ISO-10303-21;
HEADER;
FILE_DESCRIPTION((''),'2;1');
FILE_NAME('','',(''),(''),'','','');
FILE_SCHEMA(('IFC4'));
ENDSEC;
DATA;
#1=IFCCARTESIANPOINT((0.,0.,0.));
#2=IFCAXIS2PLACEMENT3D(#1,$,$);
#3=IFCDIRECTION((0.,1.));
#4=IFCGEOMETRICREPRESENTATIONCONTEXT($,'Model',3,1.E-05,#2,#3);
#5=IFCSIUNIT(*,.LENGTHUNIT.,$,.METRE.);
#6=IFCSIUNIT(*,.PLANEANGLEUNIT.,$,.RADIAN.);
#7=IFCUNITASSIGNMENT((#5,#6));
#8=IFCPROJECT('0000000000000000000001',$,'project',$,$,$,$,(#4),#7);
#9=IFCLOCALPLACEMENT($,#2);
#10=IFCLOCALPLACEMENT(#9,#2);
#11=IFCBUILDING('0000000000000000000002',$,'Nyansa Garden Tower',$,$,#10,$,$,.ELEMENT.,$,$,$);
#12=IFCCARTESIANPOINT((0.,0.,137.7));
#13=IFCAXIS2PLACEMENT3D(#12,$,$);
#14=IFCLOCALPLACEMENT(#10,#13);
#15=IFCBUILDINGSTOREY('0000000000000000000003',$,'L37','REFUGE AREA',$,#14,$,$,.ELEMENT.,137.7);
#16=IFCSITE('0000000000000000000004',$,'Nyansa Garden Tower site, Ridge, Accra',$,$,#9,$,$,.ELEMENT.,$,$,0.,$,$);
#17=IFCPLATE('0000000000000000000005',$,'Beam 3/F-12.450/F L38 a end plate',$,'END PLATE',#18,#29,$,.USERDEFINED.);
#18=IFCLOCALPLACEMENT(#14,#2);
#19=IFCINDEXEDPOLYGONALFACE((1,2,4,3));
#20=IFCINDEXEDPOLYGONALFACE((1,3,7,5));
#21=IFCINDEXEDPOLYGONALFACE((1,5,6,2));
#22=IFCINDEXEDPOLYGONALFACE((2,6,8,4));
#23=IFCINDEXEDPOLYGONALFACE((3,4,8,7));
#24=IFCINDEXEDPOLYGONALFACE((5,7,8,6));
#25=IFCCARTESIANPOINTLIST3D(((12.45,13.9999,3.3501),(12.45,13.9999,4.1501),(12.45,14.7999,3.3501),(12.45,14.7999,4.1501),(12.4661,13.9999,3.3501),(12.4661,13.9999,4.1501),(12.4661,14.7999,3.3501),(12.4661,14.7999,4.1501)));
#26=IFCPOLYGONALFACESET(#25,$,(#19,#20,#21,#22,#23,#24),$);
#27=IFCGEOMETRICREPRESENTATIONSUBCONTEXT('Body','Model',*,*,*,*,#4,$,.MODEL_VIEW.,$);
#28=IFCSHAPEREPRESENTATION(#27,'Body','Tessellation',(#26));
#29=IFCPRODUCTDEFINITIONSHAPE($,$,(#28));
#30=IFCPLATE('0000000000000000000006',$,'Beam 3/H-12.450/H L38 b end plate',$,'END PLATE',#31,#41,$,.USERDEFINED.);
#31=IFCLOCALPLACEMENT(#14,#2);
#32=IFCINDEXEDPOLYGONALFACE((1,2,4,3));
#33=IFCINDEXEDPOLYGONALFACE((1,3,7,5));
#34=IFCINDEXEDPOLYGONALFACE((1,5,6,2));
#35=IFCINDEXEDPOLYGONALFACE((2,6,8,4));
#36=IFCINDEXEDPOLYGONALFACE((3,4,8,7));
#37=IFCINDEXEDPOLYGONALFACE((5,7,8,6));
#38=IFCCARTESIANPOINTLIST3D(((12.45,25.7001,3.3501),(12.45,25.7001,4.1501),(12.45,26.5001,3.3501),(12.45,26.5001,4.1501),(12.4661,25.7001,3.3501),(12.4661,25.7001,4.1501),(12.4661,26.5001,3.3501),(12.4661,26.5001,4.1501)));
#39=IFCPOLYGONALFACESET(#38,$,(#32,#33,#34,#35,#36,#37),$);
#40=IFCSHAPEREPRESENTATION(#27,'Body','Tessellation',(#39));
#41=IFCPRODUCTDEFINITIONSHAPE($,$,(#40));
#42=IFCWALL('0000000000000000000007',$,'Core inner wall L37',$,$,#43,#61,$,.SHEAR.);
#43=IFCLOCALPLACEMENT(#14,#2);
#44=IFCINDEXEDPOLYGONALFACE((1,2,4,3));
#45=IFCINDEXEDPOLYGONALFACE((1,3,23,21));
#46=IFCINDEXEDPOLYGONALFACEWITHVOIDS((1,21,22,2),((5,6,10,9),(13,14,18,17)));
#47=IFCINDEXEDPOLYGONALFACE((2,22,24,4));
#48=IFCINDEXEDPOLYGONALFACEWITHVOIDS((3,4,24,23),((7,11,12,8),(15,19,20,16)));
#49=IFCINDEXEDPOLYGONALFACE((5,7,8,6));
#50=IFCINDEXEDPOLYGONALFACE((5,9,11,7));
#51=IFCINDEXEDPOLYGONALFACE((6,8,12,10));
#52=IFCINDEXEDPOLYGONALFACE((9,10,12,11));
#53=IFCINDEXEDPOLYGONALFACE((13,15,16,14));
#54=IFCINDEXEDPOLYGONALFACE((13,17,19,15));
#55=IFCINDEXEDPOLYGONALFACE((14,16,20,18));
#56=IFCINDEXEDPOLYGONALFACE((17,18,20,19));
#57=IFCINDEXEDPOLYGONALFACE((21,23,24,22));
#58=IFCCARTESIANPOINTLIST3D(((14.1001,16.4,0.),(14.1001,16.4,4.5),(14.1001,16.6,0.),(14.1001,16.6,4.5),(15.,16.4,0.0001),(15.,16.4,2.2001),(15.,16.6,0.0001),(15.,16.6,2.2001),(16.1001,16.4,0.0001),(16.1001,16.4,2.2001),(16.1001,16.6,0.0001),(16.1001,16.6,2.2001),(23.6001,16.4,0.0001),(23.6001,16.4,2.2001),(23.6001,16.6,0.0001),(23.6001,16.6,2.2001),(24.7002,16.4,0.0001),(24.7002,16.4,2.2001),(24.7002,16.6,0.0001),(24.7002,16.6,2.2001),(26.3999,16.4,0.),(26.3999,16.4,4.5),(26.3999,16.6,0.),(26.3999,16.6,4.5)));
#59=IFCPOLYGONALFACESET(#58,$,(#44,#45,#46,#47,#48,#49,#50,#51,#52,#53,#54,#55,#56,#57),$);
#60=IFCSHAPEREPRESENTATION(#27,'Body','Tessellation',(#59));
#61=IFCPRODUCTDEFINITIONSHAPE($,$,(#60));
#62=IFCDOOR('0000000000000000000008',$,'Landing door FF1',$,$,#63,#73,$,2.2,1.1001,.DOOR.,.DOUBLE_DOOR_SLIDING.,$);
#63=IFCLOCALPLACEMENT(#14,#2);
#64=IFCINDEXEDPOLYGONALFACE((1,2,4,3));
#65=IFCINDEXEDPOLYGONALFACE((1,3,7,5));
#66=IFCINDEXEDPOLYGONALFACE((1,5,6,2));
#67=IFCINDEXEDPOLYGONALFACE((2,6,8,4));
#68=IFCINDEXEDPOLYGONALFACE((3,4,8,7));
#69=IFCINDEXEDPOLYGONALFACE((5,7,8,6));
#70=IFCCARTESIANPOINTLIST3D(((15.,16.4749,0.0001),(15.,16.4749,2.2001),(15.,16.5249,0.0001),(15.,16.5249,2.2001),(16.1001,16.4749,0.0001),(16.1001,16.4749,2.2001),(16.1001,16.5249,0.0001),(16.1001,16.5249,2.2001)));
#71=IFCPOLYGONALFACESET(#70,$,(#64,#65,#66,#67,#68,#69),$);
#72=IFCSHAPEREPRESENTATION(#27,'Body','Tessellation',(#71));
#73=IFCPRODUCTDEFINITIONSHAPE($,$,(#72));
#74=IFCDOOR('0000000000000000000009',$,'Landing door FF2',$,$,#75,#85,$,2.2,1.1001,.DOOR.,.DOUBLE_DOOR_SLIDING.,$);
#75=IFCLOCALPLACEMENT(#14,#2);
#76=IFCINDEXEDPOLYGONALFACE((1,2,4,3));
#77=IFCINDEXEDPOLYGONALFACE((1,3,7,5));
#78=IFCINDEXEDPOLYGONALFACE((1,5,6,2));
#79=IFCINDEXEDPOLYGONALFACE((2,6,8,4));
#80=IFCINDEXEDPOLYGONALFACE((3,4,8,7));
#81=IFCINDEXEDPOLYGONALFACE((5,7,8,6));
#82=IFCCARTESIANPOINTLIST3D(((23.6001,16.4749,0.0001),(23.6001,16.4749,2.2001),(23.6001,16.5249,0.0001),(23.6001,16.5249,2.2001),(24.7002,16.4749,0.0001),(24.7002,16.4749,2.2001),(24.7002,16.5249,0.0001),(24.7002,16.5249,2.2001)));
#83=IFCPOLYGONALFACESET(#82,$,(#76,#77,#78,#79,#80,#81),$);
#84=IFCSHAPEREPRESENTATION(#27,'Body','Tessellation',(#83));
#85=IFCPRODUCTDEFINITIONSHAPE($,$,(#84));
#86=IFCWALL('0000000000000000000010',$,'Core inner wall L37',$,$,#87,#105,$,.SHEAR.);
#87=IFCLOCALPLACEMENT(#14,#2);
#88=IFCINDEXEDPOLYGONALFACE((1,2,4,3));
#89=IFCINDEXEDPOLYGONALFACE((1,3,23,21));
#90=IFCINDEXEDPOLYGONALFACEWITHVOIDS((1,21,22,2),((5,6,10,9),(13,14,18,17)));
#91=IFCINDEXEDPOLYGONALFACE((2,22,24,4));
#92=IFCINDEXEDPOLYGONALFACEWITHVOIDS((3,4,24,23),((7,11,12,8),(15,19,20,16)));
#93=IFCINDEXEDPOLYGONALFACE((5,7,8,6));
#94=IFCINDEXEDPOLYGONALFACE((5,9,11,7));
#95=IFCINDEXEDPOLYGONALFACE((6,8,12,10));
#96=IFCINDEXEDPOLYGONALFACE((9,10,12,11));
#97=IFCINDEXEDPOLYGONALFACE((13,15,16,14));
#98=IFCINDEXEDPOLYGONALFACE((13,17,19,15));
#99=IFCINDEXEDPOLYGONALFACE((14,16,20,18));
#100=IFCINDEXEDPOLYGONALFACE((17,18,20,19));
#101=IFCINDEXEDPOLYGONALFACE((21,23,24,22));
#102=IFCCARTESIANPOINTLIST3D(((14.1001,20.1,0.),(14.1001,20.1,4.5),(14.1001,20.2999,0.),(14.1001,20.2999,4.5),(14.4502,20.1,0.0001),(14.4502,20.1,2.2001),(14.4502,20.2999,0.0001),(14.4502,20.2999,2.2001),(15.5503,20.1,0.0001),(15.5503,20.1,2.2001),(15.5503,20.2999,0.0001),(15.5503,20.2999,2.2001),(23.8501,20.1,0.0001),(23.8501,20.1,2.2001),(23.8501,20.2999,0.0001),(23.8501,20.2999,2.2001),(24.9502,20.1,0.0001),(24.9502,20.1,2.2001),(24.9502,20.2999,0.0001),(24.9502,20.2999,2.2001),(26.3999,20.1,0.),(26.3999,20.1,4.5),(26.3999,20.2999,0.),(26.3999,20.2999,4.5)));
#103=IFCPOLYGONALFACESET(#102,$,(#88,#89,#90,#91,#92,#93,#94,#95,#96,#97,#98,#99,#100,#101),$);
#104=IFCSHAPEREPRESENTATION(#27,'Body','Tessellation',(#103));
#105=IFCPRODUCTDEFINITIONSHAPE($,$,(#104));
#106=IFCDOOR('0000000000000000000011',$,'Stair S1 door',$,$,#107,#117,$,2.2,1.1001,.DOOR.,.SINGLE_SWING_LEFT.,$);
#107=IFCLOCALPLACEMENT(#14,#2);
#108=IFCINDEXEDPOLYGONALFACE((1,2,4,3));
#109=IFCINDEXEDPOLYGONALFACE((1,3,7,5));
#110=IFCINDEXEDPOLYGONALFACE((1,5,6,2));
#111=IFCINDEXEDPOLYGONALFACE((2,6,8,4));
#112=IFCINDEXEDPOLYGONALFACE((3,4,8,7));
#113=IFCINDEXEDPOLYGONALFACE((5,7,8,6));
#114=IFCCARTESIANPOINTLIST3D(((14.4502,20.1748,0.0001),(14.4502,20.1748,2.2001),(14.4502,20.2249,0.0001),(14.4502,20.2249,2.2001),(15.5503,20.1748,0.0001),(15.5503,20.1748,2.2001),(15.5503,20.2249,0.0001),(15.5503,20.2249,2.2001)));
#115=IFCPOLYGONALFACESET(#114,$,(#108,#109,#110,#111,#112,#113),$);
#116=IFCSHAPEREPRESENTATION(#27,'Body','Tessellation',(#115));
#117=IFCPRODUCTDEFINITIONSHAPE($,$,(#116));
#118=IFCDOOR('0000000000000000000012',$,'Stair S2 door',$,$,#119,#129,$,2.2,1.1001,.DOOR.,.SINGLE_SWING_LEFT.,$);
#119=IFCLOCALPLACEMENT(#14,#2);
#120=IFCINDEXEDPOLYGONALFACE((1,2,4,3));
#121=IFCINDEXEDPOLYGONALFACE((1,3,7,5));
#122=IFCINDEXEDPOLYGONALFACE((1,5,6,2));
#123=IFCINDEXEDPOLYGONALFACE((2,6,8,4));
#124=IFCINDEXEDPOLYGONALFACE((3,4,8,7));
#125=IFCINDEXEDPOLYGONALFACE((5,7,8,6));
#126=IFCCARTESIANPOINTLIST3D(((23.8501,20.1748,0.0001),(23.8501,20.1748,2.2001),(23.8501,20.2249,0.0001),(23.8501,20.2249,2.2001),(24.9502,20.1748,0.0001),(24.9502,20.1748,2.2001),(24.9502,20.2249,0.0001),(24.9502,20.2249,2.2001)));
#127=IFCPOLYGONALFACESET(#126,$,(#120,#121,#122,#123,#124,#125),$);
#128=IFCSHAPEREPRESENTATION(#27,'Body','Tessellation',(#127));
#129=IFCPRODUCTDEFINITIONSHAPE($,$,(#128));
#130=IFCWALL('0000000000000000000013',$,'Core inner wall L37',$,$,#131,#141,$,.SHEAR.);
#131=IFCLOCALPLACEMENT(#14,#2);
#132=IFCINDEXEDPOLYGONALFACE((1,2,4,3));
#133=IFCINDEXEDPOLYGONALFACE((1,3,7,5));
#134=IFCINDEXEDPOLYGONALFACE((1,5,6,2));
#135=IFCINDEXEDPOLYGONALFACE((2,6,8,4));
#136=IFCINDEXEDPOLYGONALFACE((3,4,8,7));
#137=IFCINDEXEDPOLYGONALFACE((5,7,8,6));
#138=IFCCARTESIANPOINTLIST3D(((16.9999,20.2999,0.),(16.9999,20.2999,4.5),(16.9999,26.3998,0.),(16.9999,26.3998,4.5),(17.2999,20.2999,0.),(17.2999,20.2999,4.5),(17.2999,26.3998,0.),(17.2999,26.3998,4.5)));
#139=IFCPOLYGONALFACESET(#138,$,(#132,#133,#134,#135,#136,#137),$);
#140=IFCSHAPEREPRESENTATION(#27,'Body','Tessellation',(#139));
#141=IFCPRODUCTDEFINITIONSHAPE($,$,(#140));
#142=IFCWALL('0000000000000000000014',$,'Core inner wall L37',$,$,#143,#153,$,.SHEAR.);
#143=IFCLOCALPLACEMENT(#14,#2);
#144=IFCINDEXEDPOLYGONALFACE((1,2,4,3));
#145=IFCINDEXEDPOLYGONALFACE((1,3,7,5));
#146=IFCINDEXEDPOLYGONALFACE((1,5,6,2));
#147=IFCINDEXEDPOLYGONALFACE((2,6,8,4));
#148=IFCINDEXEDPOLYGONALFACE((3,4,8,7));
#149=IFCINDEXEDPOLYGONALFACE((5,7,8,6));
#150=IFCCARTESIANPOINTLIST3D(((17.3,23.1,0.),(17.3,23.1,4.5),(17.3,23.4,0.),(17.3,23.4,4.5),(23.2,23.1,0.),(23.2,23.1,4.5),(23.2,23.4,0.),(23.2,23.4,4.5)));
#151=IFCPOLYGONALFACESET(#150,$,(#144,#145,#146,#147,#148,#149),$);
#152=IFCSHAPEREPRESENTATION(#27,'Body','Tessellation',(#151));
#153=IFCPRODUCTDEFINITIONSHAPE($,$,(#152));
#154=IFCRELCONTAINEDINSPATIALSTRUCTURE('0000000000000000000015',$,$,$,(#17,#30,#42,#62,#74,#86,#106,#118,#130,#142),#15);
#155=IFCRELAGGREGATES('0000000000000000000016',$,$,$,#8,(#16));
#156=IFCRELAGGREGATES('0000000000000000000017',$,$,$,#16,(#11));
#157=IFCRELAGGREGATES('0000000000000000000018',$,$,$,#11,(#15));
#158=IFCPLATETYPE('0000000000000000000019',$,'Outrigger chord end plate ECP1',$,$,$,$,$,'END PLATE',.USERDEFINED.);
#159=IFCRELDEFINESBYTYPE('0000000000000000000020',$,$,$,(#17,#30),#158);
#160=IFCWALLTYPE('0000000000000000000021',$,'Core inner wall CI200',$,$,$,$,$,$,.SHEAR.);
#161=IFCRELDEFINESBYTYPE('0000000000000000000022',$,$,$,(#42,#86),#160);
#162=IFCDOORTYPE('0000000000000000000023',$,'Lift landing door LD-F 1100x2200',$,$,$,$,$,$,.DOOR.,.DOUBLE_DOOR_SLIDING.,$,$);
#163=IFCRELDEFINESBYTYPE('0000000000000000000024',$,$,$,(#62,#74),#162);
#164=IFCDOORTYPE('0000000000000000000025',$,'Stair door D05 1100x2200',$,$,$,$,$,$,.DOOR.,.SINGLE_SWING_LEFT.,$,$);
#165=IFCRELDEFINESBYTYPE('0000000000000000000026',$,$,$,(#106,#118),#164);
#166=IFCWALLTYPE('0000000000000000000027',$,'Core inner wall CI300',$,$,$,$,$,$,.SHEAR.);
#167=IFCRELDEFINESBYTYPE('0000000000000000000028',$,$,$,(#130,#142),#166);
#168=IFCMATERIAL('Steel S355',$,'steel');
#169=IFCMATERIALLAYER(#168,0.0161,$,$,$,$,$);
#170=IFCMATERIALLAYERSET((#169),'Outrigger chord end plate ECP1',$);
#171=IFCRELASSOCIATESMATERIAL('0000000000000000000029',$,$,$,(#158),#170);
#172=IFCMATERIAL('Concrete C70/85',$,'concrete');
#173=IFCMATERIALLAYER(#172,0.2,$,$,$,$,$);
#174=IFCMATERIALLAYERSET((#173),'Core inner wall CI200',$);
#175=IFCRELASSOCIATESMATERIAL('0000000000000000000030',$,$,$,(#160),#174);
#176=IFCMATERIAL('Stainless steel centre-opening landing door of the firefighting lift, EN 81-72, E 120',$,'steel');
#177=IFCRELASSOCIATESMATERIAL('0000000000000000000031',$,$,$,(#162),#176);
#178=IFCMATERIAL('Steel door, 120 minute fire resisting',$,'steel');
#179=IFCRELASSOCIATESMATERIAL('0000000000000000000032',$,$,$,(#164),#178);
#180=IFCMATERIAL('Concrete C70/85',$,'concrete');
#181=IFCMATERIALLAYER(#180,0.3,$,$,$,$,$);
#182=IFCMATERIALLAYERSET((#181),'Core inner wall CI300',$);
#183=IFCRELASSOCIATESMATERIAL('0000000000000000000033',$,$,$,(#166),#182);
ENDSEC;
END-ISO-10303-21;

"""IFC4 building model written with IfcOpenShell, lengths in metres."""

from ifc_helpers import new_model, si_unit, direction, frame, frame_2d, origin, origin_2d, place, context, subcontext, project, spatial, rectangle, extrude, material, layer, layer_set, type_object, element, fill, save


model = new_model("IFC4")

# Units and contexts
model_context = context("Model", 3, precision=1e-05, world=origin(), true_north=direction((0.0, 1.0)))
body_context = subcontext(model_context, "Body", "Model", "MODEL_VIEW")
ifc_project = project(units=[si_unit("LENGTHUNIT", "METRE"), si_unit("PLANEANGLEUNIT", "RADIAN")], contexts=[model_context])

# Site, building, storey
site_placement = place(None, origin())
site = spatial("IfcSite", under=ifc_project, at=site_placement, Name="Nyansa Garden Tower site, Ridge, Accra", CompositionType="ELEMENT", RefElevation=0.0)
building_placement = place(site_placement, origin())
building = spatial("IfcBuilding", under=site, at=building_placement, Name="Nyansa Garden Tower", CompositionType="ELEMENT")
storey_placement = place(building_placement, frame((0.0, 0.0, 137.7)))
storey = spatial("IfcBuildingStorey", under=building, at=storey_placement, Name="L37", Description="REFUGE AREA", CompositionType="ELEMENT", Elevation=137.7)

# Plates
ifc_material_1 = material(Name="Steel S355", Category="steel")
ifc_layer_1 = layer(ifc_material_1, 0.0161)
ifc_layer_set_1 = layer_set([ifc_layer_1], Name="Outrigger chord end plate ECP1")
plate_type = type_object("IfcPlateType", Name="Outrigger chord end plate ECP1", ElementType="END PLATE", PredefinedType="USERDEFINED", material=ifc_layer_set_1)
for number, where, z_axis, x_axis, name in (
    (1, (12.458, 14.3999, 3.3501), (0.0, 0.0, 1.0), (1.0, 0.0, 0.0), "Beam 3/F-12.450/F L38 a end plate"),
    (2, (12.458, 26.1001, 3.3501), (0.0, 0.0, 1.0), (1.0, 0.0, 0.0), "Beam 3/H-12.450/H L38 b end plate"),
):
    element("IfcPlate", number, at=place(storey_placement, frame(where, z_axis=z_axis, x_axis=x_axis)), inside=storey, type_object=plate_type, Name=name, ObjectType="END PLATE", PredefinedType="USERDEFINED", context=body_context, shape_type="SweptSolid", body=[
        extrude(rectangle(XDim=0.0161, YDim=0.8, at=origin_2d()), origin(), (0.0, 0.0, 1.0), 0.8),
    ])

# Walls, openings, doors
ifc_material_2 = material(Name="Concrete C70/85", Category="concrete")
ifc_layer_2 = layer(ifc_material_2, 0.2)
ifc_layer_set_2 = layer_set([ifc_layer_2], Name="Core inner wall CI200")
wall_type_1 = type_object("IfcWallType", Name="Core inner wall CI200", PredefinedType="SHEAR", material=ifc_layer_set_2)
wall_1_placement = place(storey_placement, frame((14.1001, 16.5, 0.0), z_axis=(0.0, 0.0, 1.0), x_axis=(1.0, 0.0, 0.0)))
wall_1 = element("IfcWall", 3, at=wall_1_placement, inside=storey, type_object=wall_type_1, Name="Core inner wall L37", PredefinedType="SHEAR", context=body_context, shape_type="SweptSolid", body=[
    extrude(rectangle(XDim=12.2998, YDim=0.2, at=frame_2d((6.1499, 0.0))), origin(), (0.0, 0.0, 1.0), 4.5),
])
opening_1_placement = place(wall_1_placement, frame((0.8999, 0.0, 0.0)))
opening_1 = element("IfcOpeningElement", 4, at=opening_1_placement, cuts=wall_1, PredefinedType="OPENING", context=body_context, shape_type="SweptSolid", body=[
    extrude(rectangle(XDim=1.1001, YDim=2.2, at=frame_2d((0.55, 1.1001))), frame((0.0, 0.1099, 0.0), z_axis=(0.0, -1.0, 0.0), x_axis=(1.0, 0.0, 0.0)), (0.0, 0.0, 1.0), 0.22),
])
opening_2_placement = place(wall_1_placement, frame((9.5, 0.0, 0.0)))
opening_2 = element("IfcOpeningElement", 5, at=opening_2_placement, cuts=wall_1, PredefinedType="OPENING", context=body_context, shape_type="SweptSolid", body=[
    extrude(rectangle(XDim=1.1001, YDim=2.2, at=frame_2d((0.55, 1.1001))), frame((0.0, 0.1099, 0.0), z_axis=(0.0, -1.0, 0.0), x_axis=(1.0, 0.0, 0.0)), (0.0, 0.0, 1.0), 0.22),
])
ifc_material_3 = material(Name="Stainless steel centre-opening landing door of the firefighting lift, EN 81-72, E 120", Category="steel")
door_type_1 = type_object("IfcDoorType", Name="Lift landing door LD-F 1100x2200", OperationType="DOUBLE_DOOR_SLIDING", PredefinedType="DOOR", material=ifc_material_3)
door_1_placement = place(opening_1_placement, origin())
door_1 = element("IfcDoor", 6, at=door_1_placement, inside=storey, type_object=door_type_1, Name="Landing door FF1", OperationType="DOUBLE_DOOR_SLIDING", OverallHeight=2.2, OverallWidth=1.1001, PredefinedType="DOOR", context=body_context, shape_type="SweptSolid", body=[
    extrude(rectangle(XDim=1.1001, YDim=2.2, at=frame_2d((0.55, 1.1001))), frame((0.0, 0.0249, 0.0), z_axis=(0.0, -1.0, 0.0), x_axis=(1.0, 0.0, 0.0)), (0.0, 0.0, 1.0), 0.05),
])
fill(opening_1, door_1)
door_2_placement = place(opening_2_placement, origin())
door_2 = element("IfcDoor", 7, at=door_2_placement, inside=storey, type_object=door_type_1, Name="Landing door FF2", OperationType="DOUBLE_DOOR_SLIDING", OverallHeight=2.2, OverallWidth=1.1001, PredefinedType="DOOR", context=body_context, shape_type="SweptSolid", body=[
    extrude(rectangle(XDim=1.1001, YDim=2.2, at=frame_2d((0.55, 1.1001))), frame((0.0, 0.0249, 0.0), z_axis=(0.0, -1.0, 0.0), x_axis=(1.0, 0.0, 0.0)), (0.0, 0.0, 1.0), 0.05),
])
fill(opening_2, door_2)
wall_2_placement = place(storey_placement, frame((14.1001, 20.2, 0.0), z_axis=(0.0, 0.0, 1.0), x_axis=(1.0, 0.0, 0.0)))
wall_2 = element("IfcWall", 8, at=wall_2_placement, inside=storey, type_object=wall_type_1, Name="Core inner wall L37", PredefinedType="SHEAR", context=body_context, shape_type="SweptSolid", body=[
    extrude(rectangle(XDim=12.2998, YDim=0.2, at=frame_2d((6.1499, 0.0))), origin(), (0.0, 0.0, 1.0), 4.5),
])
opening_3_placement = place(wall_2_placement, frame((0.3501, 0.0, 0.0)))
opening_3 = element("IfcOpeningElement", 9, at=opening_3_placement, cuts=wall_2, PredefinedType="OPENING", context=body_context, shape_type="SweptSolid", body=[
    extrude(rectangle(XDim=1.1001, YDim=2.2, at=frame_2d((0.55, 1.1001))), frame((0.0, 0.1099, 0.0), z_axis=(0.0, -1.0, 0.0), x_axis=(1.0, 0.0, 0.0)), (0.0, 0.0, 1.0), 0.22),
])
opening_4_placement = place(wall_2_placement, frame((9.75, 0.0, 0.0)))
opening_4 = element("IfcOpeningElement", 10, at=opening_4_placement, cuts=wall_2, PredefinedType="OPENING", context=body_context, shape_type="SweptSolid", body=[
    extrude(rectangle(XDim=1.1001, YDim=2.2, at=frame_2d((0.55, 1.1001))), frame((0.0, 0.1099, 0.0), z_axis=(0.0, -1.0, 0.0), x_axis=(1.0, 0.0, 0.0)), (0.0, 0.0, 1.0), 0.22),
])
ifc_material_4 = material(Name="Steel door, 120 minute fire resisting", Category="steel")
door_type_2 = type_object("IfcDoorType", Name="Stair door D05 1100x2200", OperationType="SINGLE_SWING_LEFT", PredefinedType="DOOR", material=ifc_material_4)
door_3_placement = place(opening_3_placement, origin())
door_3 = element("IfcDoor", 11, at=door_3_placement, inside=storey, type_object=door_type_2, Name="Stair S1 door", OperationType="SINGLE_SWING_LEFT", OverallHeight=2.2, OverallWidth=1.1001, PredefinedType="DOOR", context=body_context, shape_type="SweptSolid", body=[
    extrude(rectangle(XDim=1.1001, YDim=2.2, at=frame_2d((0.55, 1.1001))), frame((0.0, 0.0249, 0.0), z_axis=(0.0, -1.0, 0.0), x_axis=(1.0, 0.0, 0.0)), (0.0, 0.0, 1.0), 0.05),
])
fill(opening_3, door_3)
door_4_placement = place(opening_4_placement, origin())
door_4 = element("IfcDoor", 12, at=door_4_placement, inside=storey, type_object=door_type_2, Name="Stair S2 door", OperationType="SINGLE_SWING_LEFT", OverallHeight=2.2, OverallWidth=1.1001, PredefinedType="DOOR", context=body_context, shape_type="SweptSolid", body=[
    extrude(rectangle(XDim=1.1001, YDim=2.2, at=frame_2d((0.55, 1.1001))), frame((0.0, 0.0249, 0.0), z_axis=(0.0, -1.0, 0.0), x_axis=(1.0, 0.0, 0.0)), (0.0, 0.0, 1.0), 0.05),
])
fill(opening_4, door_4)

# Walls
ifc_material_5 = material(Name="Concrete C70/85", Category="concrete")
ifc_layer_3 = layer(ifc_material_5, 0.3)
ifc_layer_set_3 = layer_set([ifc_layer_3], Name="Core inner wall CI300")
wall_type_2 = type_object("IfcWallType", Name="Core inner wall CI300", PredefinedType="SHEAR", material=ifc_layer_set_3)
wall_3_placement = place(storey_placement, frame((17.1499, 20.3, 0.0), z_axis=(0.0, 0.0, 1.0), x_axis=(0.0, 1.0, 0.0)))
element("IfcWall", 13, at=wall_3_placement, inside=storey, type_object=wall_type_2, Name="Core inner wall L37", PredefinedType="SHEAR", context=body_context, shape_type="SweptSolid", body=[
    extrude(rectangle(XDim=6.0999, YDim=0.3, at=frame_2d((3.0498, 0.0))), origin(), (0.0, 0.0, 1.0), 4.5),
])
wall_4_placement = place(storey_placement, frame((17.3, 23.25, 0.0), z_axis=(0.0, 0.0, 1.0), x_axis=(1.0, 0.0, 0.0)))
element("IfcWall", 14, at=wall_4_placement, inside=storey, type_object=wall_type_2, Name="Core inner wall L37", PredefinedType="SHEAR", context=body_context, shape_type="SweptSolid", body=[
    extrude(rectangle(XDim=5.8999, YDim=0.3, at=frame_2d((2.95, 0.0))), origin(), (0.0, 0.0, 1.0), 4.5),
])

save(model, "model.ifc")
